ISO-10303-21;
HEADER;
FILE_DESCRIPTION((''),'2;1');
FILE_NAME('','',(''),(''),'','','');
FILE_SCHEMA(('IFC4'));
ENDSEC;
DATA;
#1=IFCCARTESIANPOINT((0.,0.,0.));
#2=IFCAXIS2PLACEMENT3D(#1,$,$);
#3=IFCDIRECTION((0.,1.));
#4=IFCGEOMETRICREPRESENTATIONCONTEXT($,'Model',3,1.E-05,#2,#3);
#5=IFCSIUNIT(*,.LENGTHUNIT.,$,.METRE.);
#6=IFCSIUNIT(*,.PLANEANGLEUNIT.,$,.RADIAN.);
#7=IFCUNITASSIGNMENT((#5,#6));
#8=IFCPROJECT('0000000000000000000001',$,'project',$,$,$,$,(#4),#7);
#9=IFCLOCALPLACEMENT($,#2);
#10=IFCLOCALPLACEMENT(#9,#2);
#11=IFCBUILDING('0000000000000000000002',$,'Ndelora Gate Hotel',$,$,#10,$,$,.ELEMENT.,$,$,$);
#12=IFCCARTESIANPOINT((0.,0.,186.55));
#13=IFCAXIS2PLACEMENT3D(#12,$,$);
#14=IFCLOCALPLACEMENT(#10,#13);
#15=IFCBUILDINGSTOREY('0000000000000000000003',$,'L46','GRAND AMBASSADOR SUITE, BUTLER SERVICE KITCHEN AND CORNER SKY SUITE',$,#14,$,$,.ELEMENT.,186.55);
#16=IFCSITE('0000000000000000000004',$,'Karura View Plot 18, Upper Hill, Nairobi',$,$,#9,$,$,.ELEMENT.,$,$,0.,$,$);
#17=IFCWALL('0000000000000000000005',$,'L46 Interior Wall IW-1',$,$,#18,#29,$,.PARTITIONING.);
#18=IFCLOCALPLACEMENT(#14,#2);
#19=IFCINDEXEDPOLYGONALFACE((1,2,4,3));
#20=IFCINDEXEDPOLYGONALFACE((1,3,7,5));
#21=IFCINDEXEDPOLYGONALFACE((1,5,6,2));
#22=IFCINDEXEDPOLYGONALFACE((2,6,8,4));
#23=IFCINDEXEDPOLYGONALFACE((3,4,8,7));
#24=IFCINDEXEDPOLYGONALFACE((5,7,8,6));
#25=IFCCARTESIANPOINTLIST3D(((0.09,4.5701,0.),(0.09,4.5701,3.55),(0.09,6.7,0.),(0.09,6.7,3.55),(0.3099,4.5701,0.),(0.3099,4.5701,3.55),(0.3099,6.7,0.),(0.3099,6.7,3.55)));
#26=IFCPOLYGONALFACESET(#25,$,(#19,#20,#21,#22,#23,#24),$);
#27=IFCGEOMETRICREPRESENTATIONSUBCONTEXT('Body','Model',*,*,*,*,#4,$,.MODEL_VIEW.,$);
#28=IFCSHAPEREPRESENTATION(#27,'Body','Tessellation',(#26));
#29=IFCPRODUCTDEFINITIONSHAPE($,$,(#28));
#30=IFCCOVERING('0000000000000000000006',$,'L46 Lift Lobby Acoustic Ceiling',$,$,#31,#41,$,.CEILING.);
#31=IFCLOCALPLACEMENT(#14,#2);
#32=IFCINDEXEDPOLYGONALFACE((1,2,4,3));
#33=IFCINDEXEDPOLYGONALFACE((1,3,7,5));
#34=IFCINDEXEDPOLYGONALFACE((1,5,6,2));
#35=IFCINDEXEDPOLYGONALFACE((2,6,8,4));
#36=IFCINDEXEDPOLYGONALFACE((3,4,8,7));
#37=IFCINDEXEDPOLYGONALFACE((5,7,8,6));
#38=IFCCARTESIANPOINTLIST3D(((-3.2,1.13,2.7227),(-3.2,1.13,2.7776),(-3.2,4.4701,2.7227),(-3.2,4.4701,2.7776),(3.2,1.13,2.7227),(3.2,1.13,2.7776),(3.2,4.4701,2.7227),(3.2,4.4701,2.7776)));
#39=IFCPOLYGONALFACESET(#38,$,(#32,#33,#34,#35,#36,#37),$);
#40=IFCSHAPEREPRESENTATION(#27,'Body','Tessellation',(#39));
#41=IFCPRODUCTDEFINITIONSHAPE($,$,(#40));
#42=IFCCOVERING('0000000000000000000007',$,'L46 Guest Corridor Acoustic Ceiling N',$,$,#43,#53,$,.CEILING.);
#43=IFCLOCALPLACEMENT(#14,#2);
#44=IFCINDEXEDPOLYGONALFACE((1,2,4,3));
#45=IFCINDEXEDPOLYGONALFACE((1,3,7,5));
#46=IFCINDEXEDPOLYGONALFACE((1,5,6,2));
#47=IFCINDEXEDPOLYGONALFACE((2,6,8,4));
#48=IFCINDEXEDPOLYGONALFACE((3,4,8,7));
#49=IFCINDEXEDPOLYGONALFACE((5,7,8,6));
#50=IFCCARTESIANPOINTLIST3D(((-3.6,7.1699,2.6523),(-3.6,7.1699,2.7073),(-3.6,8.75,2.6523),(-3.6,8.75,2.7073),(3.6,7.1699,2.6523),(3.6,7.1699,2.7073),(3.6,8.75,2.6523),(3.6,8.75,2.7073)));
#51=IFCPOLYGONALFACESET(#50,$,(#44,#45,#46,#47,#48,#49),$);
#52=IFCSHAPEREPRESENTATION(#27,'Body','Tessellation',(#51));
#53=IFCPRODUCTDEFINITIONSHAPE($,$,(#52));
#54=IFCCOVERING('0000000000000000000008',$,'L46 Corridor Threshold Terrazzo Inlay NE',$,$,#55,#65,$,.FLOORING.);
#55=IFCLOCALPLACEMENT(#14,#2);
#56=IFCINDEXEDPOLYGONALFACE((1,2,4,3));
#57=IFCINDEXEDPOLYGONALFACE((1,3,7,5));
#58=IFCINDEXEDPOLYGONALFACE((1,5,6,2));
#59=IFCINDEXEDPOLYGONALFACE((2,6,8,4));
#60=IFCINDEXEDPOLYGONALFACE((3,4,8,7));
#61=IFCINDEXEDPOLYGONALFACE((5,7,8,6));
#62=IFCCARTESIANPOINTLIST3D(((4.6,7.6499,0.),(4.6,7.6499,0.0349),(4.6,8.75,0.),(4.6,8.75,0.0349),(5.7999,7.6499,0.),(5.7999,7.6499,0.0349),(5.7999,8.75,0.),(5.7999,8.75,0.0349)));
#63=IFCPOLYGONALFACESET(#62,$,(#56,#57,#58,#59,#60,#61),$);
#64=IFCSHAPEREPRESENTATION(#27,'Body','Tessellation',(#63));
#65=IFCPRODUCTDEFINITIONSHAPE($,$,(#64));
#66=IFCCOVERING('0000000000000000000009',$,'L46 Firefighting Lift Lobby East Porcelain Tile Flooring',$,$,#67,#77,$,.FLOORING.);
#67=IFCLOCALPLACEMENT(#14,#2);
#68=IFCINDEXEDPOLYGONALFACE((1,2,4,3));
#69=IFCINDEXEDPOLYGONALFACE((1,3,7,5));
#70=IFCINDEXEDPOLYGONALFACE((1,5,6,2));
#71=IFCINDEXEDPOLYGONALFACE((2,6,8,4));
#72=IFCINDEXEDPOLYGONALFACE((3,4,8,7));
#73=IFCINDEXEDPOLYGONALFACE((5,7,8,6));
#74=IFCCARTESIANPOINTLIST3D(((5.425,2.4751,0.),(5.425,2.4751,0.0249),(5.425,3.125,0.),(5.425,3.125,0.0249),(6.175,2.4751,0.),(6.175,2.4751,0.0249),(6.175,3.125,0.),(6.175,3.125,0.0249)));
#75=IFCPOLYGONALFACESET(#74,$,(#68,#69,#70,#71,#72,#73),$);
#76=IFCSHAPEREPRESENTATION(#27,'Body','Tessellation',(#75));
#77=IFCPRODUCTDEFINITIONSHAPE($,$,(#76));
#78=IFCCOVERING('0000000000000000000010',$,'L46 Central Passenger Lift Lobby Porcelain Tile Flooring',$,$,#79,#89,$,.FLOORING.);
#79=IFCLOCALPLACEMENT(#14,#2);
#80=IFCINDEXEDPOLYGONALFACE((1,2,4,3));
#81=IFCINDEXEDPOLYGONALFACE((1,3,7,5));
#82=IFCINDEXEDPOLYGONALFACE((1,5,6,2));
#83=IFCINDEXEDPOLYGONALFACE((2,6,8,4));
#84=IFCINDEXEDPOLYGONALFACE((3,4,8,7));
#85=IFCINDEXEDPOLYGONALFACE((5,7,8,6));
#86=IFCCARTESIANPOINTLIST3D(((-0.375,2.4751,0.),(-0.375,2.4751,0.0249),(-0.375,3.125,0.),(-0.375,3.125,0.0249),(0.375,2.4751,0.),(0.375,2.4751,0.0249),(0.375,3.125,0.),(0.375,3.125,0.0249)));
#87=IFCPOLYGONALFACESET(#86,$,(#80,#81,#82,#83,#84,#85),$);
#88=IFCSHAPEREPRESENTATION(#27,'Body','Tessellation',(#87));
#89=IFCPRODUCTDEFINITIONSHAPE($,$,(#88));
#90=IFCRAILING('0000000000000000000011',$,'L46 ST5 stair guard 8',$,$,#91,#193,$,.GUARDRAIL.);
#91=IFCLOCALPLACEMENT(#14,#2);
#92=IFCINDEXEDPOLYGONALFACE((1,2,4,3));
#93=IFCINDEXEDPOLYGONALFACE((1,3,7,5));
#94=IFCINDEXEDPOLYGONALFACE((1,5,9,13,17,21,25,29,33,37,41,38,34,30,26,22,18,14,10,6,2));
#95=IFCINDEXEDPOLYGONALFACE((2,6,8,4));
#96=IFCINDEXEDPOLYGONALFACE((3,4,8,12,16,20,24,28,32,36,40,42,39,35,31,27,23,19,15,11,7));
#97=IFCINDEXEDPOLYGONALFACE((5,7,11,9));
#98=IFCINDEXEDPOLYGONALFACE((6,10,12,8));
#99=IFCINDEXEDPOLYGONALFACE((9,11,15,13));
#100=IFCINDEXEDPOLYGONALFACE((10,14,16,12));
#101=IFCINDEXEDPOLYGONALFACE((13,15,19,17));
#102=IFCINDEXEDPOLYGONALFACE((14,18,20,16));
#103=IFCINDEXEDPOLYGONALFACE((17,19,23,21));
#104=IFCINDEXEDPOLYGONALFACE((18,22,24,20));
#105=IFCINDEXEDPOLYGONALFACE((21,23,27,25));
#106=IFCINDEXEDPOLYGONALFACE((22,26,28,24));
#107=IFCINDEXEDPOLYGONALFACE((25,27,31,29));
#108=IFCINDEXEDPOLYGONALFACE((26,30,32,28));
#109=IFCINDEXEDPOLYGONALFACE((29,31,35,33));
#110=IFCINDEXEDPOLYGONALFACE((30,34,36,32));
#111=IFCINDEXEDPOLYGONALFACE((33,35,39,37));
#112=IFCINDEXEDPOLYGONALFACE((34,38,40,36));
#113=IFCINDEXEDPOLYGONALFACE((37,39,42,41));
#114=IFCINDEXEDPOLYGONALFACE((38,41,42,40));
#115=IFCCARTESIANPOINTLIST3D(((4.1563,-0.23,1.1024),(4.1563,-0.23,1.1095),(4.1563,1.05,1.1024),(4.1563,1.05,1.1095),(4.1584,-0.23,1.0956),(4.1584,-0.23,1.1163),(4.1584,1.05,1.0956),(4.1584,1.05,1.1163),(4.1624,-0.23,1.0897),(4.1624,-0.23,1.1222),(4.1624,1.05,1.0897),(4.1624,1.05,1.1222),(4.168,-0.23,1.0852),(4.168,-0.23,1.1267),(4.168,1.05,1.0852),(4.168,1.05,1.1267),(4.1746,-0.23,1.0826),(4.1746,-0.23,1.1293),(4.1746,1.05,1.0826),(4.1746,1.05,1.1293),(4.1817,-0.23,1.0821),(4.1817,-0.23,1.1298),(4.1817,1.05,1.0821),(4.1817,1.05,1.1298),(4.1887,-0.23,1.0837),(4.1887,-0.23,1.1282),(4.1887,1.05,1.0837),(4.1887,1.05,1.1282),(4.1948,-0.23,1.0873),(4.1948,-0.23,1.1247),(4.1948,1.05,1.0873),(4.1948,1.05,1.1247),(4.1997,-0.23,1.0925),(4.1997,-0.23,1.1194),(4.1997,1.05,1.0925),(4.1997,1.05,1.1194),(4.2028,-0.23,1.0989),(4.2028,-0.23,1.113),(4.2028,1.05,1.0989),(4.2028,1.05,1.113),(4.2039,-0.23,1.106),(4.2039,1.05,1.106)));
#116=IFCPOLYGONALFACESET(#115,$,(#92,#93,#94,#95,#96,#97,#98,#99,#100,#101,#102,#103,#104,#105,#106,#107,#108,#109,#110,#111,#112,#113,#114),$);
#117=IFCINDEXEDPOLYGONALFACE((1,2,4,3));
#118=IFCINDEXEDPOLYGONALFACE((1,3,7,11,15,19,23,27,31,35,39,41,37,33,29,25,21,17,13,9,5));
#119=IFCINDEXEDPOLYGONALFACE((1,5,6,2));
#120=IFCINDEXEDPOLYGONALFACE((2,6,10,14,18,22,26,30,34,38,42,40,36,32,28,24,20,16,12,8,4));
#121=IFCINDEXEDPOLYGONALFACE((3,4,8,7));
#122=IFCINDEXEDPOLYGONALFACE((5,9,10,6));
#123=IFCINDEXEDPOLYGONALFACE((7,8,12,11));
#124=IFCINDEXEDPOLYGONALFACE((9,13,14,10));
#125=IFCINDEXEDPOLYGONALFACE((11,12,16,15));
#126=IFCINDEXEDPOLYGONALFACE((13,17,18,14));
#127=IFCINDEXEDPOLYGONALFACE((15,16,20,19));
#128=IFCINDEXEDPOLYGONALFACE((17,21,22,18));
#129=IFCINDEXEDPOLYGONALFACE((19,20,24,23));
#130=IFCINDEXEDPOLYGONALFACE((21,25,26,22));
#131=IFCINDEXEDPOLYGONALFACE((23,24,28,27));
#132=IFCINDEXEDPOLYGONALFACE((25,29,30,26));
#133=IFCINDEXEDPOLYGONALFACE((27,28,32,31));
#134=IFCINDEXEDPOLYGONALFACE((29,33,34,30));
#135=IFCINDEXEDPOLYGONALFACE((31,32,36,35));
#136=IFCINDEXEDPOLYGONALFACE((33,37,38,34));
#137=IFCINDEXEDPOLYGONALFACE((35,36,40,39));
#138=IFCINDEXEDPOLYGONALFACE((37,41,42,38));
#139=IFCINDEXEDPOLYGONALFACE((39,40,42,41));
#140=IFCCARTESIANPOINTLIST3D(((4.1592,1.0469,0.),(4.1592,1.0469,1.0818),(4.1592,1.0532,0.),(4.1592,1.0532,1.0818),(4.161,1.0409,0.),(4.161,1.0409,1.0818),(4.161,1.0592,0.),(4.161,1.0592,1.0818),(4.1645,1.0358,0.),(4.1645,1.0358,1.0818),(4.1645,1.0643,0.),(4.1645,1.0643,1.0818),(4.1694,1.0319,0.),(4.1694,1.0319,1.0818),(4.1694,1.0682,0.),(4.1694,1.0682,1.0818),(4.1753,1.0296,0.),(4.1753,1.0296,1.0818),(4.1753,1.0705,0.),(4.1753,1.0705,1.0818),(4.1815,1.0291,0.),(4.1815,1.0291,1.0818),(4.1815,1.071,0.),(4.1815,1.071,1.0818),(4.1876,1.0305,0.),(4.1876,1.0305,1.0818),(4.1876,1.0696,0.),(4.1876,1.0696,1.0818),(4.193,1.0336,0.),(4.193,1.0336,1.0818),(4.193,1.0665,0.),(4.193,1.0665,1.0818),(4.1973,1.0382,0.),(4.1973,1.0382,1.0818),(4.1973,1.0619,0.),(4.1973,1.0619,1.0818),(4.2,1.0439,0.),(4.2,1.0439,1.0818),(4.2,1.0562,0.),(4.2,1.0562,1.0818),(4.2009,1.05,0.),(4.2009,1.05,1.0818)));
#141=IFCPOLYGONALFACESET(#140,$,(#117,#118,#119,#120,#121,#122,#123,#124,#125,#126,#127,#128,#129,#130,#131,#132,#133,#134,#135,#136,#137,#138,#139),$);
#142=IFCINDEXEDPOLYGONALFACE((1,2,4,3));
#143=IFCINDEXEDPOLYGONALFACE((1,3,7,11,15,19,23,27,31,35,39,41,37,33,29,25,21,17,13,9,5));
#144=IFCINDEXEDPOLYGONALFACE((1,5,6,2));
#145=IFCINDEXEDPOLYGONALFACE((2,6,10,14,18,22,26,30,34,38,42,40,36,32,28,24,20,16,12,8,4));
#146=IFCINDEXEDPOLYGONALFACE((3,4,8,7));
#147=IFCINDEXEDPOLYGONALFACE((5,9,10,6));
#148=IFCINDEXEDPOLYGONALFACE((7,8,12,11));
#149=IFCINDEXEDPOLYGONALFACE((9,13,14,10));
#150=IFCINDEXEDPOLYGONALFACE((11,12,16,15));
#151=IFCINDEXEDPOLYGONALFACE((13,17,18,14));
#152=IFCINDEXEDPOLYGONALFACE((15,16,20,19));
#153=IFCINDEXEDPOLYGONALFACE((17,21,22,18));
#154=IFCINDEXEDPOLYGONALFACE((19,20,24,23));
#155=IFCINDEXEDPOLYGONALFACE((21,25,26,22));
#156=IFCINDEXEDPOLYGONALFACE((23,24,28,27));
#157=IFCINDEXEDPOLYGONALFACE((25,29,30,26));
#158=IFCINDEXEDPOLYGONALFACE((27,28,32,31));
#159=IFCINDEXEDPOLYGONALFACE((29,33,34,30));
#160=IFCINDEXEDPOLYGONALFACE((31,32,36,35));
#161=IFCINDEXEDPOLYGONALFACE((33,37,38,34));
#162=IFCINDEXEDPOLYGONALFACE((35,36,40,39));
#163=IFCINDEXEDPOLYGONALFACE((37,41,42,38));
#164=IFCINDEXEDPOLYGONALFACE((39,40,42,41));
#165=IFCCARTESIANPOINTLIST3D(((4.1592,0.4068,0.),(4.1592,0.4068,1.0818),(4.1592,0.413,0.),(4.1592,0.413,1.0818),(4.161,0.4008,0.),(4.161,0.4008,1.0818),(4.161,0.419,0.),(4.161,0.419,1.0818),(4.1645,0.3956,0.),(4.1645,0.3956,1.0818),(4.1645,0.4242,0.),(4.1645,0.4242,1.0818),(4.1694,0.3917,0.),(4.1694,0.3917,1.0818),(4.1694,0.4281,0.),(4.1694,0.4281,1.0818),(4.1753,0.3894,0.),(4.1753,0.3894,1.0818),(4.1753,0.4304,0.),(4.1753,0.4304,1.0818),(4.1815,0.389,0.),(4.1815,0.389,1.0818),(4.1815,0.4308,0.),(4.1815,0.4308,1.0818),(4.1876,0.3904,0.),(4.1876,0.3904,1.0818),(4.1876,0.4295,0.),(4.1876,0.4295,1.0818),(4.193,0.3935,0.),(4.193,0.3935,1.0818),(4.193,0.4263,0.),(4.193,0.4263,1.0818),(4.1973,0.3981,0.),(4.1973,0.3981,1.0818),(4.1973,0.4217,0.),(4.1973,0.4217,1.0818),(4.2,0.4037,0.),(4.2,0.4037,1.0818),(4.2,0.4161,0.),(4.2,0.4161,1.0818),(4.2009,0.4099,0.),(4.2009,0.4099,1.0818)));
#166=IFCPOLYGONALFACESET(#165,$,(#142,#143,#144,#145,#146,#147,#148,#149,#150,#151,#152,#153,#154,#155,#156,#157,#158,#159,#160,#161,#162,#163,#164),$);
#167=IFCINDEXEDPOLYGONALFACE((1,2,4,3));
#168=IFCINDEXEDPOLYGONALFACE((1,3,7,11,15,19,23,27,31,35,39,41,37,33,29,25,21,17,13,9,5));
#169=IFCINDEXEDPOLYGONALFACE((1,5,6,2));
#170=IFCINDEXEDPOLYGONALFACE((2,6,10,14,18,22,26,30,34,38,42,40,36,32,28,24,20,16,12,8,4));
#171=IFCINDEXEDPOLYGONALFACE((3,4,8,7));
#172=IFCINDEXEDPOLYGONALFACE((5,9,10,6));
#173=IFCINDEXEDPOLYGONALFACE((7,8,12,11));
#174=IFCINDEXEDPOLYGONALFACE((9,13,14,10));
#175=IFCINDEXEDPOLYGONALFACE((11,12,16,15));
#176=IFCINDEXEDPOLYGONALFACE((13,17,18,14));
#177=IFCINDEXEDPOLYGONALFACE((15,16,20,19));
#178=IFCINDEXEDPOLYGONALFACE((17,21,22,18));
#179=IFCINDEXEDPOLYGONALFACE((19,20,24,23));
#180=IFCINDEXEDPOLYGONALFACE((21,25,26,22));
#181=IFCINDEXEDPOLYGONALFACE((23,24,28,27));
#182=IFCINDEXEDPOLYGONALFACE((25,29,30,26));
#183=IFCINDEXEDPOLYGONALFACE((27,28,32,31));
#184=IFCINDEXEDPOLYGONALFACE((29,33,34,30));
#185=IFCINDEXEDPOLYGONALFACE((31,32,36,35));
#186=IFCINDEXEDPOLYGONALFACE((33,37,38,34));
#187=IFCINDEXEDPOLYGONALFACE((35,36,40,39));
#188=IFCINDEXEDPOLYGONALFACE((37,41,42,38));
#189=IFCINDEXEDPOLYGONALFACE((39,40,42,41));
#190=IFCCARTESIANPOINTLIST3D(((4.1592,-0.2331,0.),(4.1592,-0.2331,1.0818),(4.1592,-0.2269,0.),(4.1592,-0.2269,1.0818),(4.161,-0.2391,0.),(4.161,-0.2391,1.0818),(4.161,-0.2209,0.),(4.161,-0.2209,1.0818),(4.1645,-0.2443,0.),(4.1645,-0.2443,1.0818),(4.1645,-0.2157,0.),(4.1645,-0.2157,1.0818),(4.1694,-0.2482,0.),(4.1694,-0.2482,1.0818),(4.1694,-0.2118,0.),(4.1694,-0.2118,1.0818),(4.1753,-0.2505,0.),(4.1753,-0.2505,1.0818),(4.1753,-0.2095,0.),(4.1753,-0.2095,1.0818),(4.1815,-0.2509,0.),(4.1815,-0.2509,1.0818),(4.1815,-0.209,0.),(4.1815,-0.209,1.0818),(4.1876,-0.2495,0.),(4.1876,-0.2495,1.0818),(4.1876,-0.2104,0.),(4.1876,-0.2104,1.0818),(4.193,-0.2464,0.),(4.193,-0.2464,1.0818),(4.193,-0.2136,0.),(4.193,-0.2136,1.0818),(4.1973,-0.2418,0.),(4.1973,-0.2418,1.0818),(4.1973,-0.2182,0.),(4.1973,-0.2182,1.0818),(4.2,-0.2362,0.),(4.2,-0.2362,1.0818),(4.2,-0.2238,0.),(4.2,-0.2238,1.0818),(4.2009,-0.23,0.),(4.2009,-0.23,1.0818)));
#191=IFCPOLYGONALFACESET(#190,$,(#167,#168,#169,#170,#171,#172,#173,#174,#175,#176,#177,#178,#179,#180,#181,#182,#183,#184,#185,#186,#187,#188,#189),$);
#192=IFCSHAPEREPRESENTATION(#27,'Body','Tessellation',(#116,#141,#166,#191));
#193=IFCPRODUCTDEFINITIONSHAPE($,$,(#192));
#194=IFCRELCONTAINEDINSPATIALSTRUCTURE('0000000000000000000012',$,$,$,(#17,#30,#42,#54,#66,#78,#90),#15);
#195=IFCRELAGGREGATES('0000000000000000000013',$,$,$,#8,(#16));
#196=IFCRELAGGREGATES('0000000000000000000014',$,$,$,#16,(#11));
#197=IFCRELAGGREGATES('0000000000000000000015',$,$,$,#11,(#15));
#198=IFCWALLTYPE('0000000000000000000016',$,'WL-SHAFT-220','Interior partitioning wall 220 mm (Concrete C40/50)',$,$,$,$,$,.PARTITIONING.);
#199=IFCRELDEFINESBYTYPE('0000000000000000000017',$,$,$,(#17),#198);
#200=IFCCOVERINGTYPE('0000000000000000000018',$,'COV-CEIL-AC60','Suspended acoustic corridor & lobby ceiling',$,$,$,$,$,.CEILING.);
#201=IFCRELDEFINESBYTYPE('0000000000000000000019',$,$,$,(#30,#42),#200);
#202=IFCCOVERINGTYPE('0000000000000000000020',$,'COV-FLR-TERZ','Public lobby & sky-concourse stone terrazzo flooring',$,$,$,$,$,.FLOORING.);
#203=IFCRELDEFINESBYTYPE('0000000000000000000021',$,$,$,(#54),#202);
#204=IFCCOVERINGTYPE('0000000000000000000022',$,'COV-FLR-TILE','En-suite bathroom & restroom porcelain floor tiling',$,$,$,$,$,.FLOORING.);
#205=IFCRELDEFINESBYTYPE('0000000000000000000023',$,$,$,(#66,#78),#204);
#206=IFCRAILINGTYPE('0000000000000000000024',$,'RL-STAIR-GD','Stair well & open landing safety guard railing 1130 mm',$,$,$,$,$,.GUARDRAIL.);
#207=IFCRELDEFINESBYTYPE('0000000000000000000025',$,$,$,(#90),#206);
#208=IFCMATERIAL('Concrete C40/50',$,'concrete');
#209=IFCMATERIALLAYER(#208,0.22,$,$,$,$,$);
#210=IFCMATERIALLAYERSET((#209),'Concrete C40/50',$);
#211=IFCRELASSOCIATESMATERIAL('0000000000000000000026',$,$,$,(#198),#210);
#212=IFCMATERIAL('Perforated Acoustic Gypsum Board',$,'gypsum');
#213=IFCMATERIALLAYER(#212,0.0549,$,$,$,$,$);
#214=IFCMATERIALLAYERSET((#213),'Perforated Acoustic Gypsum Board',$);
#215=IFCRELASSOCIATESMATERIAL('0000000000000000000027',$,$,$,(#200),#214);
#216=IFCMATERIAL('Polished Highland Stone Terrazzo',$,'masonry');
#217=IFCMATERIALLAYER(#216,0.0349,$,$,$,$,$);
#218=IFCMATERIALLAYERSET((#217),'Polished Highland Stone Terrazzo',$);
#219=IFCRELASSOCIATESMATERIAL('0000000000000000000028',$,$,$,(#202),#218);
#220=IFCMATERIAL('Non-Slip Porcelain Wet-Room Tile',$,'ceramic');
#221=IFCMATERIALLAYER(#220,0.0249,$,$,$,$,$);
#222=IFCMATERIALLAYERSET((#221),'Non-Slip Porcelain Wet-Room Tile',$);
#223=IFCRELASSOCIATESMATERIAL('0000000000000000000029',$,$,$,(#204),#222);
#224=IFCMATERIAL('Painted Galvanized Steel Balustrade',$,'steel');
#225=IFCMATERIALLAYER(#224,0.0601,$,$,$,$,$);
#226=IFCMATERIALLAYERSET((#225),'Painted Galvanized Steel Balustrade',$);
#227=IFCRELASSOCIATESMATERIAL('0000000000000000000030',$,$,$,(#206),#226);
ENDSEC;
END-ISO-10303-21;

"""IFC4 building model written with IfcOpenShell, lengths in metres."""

from ifc_helpers import new_model, si_unit, direction, frame, frame_2d, origin, origin_2d, place, context, subcontext, project, spatial, rectangle, circle, extrude, material, layer, layer_set, type_object, element, save


model = new_model("IFC4")

# Units and contexts
model_context = context("Model", 3, precision=1e-05, world=origin(), true_north=direction((0.0, 1.0)))
body_context = subcontext(model_context, "Body", "Model", "MODEL_VIEW")
ifc_project = project(units=[si_unit("LENGTHUNIT", "METRE"), si_unit("PLANEANGLEUNIT", "RADIAN")], contexts=[model_context])

# Site, building, storey
site_placement = place(None, origin())
site = spatial("IfcSite", under=ifc_project, at=site_placement, Name="Karura View Plot 18, Upper Hill, Nairobi", CompositionType="ELEMENT", RefElevation=0.0)
building_placement = place(site_placement, origin())
building = spatial("IfcBuilding", under=site, at=building_placement, Name="Ndelora Gate Hotel", CompositionType="ELEMENT")
storey_placement = place(building_placement, frame((0.0, 0.0, 186.55)))
storey = spatial("IfcBuildingStorey", under=building, at=storey_placement, Name="L46", Description="GRAND AMBASSADOR SUITE, BUTLER SERVICE KITCHEN AND CORNER SKY SUITE", CompositionType="ELEMENT", Elevation=186.55)

# Shared definitions
ifc_material_1 = material(Name="Concrete C40/50", Category="concrete")

# Shared definitions
ifc_layer_1 = layer(ifc_material_1, 0.22)
ifc_layer_set_1 = layer_set([ifc_layer_1], Name="Concrete C40/50")
wall_type_1 = type_object("IfcWallType", Name="WL-SHAFT-220", Description="Interior partitioning wall 220 mm (Concrete C40/50)", PredefinedType="PARTITIONING", material=ifc_layer_set_1)

# Wall
wall_1_placement = place(storey_placement, frame((0.2, 4.5701, 0.0), z_axis=(0.0, 0.0, 1.0), x_axis=(0.0, 1.0, 0.0)))
element("IfcWall", 1, at=wall_1_placement, inside=storey, type_object=wall_type_1, Name="L46 Interior Wall IW-1", PredefinedType="PARTITIONING", context=body_context, shape_type="SweptSolid", body=[
    extrude(rectangle(XDim=2.1299, YDim=0.22, at=frame_2d((1.0649, 0.0))), origin(), (0.0, 0.0, 1.0), 3.55),
])

# Coverings
ifc_material_2 = material(Name="Perforated Acoustic Gypsum Board", Category="gypsum")
ifc_layer_2 = layer(ifc_material_2, 0.0549)
ifc_layer_set_2 = layer_set([ifc_layer_2], Name="Perforated Acoustic Gypsum Board")
covering_type_1 = type_object("IfcCoveringType", Name="COV-CEIL-AC60", Description="Suspended acoustic corridor & lobby ceiling", PredefinedType="CEILING", material=ifc_layer_set_2)
covering_1_placement = place(storey_placement, frame((0.0, 2.8, 2.7227), z_axis=(0.0, 0.0, 1.0), x_axis=(1.0, 0.0, 0.0)))
element("IfcCovering", 2, at=covering_1_placement, inside=storey, type_object=covering_type_1, Name="L46 Lift Lobby Acoustic Ceiling", PredefinedType="CEILING", context=body_context, shape_type="SweptSolid", body=[
    extrude(rectangle(XDim=6.3999, YDim=3.3401, at=origin_2d()), origin(), (0.0, 0.0, 1.0), 0.0549),
])
covering_2_placement = place(storey_placement, frame((0.0, 7.96, 2.6523), z_axis=(0.0, 0.0, 1.0), x_axis=(1.0, 0.0, 0.0)))
element("IfcCovering", 3, at=covering_2_placement, inside=storey, type_object=covering_type_1, Name="L46 Guest Corridor Acoustic Ceiling N", PredefinedType="CEILING", context=body_context, shape_type="SweptSolid", body=[
    extrude(rectangle(XDim=7.2, YDim=1.5801, at=origin_2d()), origin(), (0.0, 0.0, 1.0), 0.0549),
])
ifc_material_3 = material(Name="Polished Highland Stone Terrazzo", Category="masonry")
ifc_layer_3 = layer(ifc_material_3, 0.0349)
ifc_layer_set_3 = layer_set([ifc_layer_3], Name="Polished Highland Stone Terrazzo")
covering_type_2 = type_object("IfcCoveringType", Name="COV-FLR-TERZ", Description="Public lobby & sky-concourse stone terrazzo flooring", PredefinedType="FLOORING", material=ifc_layer_set_3)
covering_3_placement = place(storey_placement, frame((5.2, 8.2, 0.0), z_axis=(0.0, 0.0, 1.0), x_axis=(1.0, 0.0, 0.0)))
element("IfcCovering", 4, at=covering_3_placement, inside=storey, type_object=covering_type_2, Name="L46 Corridor Threshold Terrazzo Inlay NE", PredefinedType="FLOORING", context=body_context, shape_type="SweptSolid", body=[
    extrude(rectangle(XDim=1.2, YDim=1.1001, at=origin_2d()), origin(), (0.0, 0.0, 1.0), 0.0349),
])
ifc_material_4 = material(Name="Non-Slip Porcelain Wet-Room Tile", Category="ceramic")
ifc_layer_4 = layer(ifc_material_4, 0.0249)
ifc_layer_set_4 = layer_set([ifc_layer_4], Name="Non-Slip Porcelain Wet-Room Tile")
covering_type_3 = type_object("IfcCoveringType", Name="COV-FLR-TILE", Description="En-suite bathroom & restroom porcelain floor tiling", PredefinedType="FLOORING", material=ifc_layer_set_4)
for number, where, z_axis, x_axis, name in (
    (5, (5.8, 2.8, 0.0), (0.0, 0.0, 1.0), (1.0, 0.0, 0.0), "L46 Firefighting Lift Lobby East Porcelain Tile Flooring"),
    (6, (0.0, 2.8, 0.0), (0.0, 0.0, 1.0), (1.0, 0.0, 0.0), "L46 Central Passenger Lift Lobby Porcelain Tile Flooring"),
):
    element("IfcCovering", number, at=place(storey_placement, frame(where, z_axis=z_axis, x_axis=x_axis)), inside=storey, type_object=covering_type_3, Name=name, PredefinedType="FLOORING", context=body_context, shape_type="SweptSolid", body=[
        extrude(rectangle(XDim=0.75, YDim=0.6499, at=origin_2d()), origin(), (0.0, 0.0, 1.0), 0.0249),
    ])

# Railing
ifc_material_5 = material(Name="Painted Galvanized Steel Balustrade", Category="steel")
ifc_layer_5 = layer(ifc_material_5, 0.0601)
ifc_layer_set_5 = layer_set([ifc_layer_5], Name="Painted Galvanized Steel Balustrade")
railing_type = type_object("IfcRailingType", Name="RL-STAIR-GD", Description="Stair well & open landing safety guard railing 1130 mm", PredefinedType="GUARDRAIL", material=ifc_layer_set_5)
for number, where, name in (
    (7, (4.1799, 1.05, 0.0), "L46 ST5 stair guard 8"),
):
    element("IfcRailing", number, at=place(storey_placement, frame(where)), inside=storey, type_object=railing_type, Name=name, PredefinedType="GUARDRAIL", context=body_context, shape_type="SweptSolid", body=[
        extrude(circle(Radius=0.0239, at=origin_2d()), frame((0.0, 0.0, 1.106), z_axis=(0.0, -1.0, 0.0), x_axis=(1.0, 0.0, 0.0)), (0.0, 0.0, 1.0), 1.28),
        extrude(circle(Radius=0.021, at=origin_2d()), origin(), (0.0, 0.0, 1.0), 1.0818),
        extrude(circle(Radius=0.021, at=origin_2d()), frame((0.0, -0.6401, 0.0)), (0.0, 0.0, 1.0), 1.0818),
        extrude(circle(Radius=0.021, at=origin_2d()), frame((0.0, -1.28, 0.0)), (0.0, 0.0, 1.0), 1.0818),
    ])

save(model, "model.ifc")
